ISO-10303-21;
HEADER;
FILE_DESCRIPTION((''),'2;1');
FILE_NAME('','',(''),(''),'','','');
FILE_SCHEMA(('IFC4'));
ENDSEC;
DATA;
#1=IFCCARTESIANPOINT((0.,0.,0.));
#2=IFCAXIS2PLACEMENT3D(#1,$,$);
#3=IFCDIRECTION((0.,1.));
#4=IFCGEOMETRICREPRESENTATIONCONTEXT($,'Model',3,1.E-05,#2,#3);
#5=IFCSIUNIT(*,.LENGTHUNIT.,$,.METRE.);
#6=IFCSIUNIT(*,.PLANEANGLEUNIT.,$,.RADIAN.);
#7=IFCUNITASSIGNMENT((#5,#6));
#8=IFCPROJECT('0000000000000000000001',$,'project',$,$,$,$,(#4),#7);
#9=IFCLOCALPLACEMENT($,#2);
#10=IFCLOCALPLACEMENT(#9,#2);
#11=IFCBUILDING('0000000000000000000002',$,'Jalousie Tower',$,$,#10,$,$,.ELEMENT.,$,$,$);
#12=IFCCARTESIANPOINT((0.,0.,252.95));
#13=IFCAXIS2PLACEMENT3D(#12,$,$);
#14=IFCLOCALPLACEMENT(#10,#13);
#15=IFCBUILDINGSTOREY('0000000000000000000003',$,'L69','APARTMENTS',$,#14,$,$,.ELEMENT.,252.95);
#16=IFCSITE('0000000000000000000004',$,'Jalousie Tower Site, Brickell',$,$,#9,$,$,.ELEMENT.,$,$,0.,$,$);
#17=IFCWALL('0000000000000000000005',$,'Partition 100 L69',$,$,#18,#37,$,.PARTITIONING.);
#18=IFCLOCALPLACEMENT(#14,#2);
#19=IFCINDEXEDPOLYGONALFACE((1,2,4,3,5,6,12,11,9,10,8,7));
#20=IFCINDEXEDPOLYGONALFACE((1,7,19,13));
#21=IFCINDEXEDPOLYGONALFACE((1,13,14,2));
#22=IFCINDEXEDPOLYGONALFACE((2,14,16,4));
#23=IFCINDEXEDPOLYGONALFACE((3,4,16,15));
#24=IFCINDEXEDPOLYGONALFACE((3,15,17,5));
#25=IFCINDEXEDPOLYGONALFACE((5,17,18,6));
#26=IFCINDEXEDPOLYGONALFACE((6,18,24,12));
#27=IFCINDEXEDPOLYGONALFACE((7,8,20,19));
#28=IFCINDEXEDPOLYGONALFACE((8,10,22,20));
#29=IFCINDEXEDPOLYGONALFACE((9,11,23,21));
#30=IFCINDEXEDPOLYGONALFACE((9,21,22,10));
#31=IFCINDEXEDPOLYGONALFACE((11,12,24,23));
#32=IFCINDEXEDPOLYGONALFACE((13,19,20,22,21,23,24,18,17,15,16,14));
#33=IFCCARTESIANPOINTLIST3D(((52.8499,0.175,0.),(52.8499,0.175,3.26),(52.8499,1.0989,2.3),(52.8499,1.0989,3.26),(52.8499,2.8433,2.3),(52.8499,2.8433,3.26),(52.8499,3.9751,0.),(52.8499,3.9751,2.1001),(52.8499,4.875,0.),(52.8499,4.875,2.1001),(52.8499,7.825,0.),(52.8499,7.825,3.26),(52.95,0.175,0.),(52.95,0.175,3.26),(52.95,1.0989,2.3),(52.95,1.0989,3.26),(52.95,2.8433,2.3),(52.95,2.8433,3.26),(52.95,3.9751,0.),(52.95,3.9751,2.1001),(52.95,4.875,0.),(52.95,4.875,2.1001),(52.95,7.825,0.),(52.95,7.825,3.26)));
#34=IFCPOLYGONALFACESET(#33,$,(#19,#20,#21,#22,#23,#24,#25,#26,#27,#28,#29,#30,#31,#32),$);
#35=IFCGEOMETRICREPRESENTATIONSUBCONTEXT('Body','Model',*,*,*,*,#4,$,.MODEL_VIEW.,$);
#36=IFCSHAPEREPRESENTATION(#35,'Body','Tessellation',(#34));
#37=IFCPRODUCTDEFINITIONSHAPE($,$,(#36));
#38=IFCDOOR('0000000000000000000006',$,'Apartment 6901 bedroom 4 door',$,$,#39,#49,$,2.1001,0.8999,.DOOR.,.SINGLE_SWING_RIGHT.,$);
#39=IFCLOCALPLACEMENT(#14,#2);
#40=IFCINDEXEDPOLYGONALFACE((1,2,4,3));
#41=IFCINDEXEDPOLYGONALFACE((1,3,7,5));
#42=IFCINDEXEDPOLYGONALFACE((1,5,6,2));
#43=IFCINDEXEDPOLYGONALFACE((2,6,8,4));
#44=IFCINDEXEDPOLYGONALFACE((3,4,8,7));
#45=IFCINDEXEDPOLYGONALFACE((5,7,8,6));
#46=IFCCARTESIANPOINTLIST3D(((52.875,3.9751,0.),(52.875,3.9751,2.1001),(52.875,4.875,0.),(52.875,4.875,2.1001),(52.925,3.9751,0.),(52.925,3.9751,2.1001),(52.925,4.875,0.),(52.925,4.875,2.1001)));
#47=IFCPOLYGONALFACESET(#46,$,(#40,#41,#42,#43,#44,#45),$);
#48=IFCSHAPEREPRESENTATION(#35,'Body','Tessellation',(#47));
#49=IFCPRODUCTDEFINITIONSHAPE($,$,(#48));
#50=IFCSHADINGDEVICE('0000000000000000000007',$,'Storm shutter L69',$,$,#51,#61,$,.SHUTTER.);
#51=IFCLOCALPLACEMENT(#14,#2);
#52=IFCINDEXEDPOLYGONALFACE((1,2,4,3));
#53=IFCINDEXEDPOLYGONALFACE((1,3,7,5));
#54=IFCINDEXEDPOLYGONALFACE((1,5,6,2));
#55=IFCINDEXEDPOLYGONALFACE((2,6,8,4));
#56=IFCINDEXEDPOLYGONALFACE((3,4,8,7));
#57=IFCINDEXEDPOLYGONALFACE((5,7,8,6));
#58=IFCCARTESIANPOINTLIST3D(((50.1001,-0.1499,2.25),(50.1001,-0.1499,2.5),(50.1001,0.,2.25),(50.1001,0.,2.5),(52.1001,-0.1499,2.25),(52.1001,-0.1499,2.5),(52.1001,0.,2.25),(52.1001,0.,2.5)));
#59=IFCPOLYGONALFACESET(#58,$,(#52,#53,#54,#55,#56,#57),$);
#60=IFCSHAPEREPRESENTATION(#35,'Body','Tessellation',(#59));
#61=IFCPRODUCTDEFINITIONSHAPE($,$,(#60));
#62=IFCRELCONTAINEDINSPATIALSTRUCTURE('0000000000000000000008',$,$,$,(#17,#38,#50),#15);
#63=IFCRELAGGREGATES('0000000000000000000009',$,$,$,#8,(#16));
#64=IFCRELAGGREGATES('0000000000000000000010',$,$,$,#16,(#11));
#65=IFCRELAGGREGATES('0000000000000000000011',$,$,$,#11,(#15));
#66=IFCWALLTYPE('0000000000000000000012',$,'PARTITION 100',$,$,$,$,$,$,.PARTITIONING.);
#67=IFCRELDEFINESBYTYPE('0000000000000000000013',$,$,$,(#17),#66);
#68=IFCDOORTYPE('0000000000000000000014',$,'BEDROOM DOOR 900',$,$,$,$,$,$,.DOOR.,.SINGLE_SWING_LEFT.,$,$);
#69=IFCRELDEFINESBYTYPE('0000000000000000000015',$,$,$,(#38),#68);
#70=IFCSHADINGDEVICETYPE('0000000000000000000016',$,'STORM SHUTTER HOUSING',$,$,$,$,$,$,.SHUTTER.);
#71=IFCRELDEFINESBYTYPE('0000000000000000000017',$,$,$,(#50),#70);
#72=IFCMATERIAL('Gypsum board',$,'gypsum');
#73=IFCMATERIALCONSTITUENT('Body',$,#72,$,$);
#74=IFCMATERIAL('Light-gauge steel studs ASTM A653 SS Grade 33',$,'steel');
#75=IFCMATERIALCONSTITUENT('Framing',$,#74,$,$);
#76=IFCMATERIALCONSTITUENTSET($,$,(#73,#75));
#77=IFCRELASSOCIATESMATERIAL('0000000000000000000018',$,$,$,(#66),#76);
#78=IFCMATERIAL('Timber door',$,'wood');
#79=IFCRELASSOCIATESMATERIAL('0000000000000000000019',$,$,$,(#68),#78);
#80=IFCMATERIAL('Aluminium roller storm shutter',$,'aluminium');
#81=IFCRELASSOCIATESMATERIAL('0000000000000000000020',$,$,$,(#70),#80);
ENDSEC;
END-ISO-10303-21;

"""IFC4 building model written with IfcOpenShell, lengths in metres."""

from ifc_helpers import new_model, si_unit, direction, frame, frame_2d, origin, origin_2d, place, context, subcontext, project, spatial, polyline, rectangle, outline, extrude, material, constituent, constituent_set, type_object, element, fill, save


model = new_model("IFC4")

# Units and contexts
model_context = context("Model", 3, precision=1e-05, world=origin(), true_north=direction((0.0, 1.0)))
body_context = subcontext(model_context, "Body", "Model", "MODEL_VIEW")
ifc_project = project(units=[si_unit("LENGTHUNIT", "METRE"), si_unit("PLANEANGLEUNIT", "RADIAN")], contexts=[model_context])

# Site, building, storey
site_placement = place(None, origin())
site = spatial("IfcSite", under=ifc_project, at=site_placement, Name="Jalousie Tower Site, Brickell", CompositionType="ELEMENT", RefElevation=0.0)
building_placement = place(site_placement, origin())
building = spatial("IfcBuilding", under=site, at=building_placement, Name="Jalousie Tower", CompositionType="ELEMENT")
storey_placement = place(building_placement, frame((0.0, 0.0, 252.95)))
storey = spatial("IfcBuildingStorey", under=building, at=storey_placement, Name="L69", Description="APARTMENTS", CompositionType="ELEMENT", Elevation=252.95)

# Shared definitions
ifc_material_1 = material(Name="Gypsum board", Category="gypsum")
ifc_constituent_1 = constituent(ifc_material_1, Name="Body")
ifc_material_2 = material(Name="Light-gauge steel studs ASTM A653 SS Grade 33", Category="steel")
ifc_constituent_2 = constituent(ifc_material_2, Name="Framing")
ifc_constituent_set = constituent_set(constituents=[ifc_constituent_1, ifc_constituent_2])
wall_type = type_object("IfcWallType", Name="PARTITION 100", PredefinedType="PARTITIONING", material=ifc_constituent_set)
ifc_material_3 = material(Name="Timber door", Category="wood")
door_type_1 = type_object("IfcDoorType", Name="BEDROOM DOOR 900", OperationType="SINGLE_SWING_LEFT", PredefinedType="DOOR", material=ifc_material_3)

# Wall, opening, door
wall_1_placement = place(storey_placement, frame((52.8999, 0.175, 0.0), z_axis=(0.0, 0.0, 1.0), x_axis=(0.0, 1.0, 0.0)))
wall_1 = element("IfcWall", 1, at=wall_1_placement, inside=storey, type_object=wall_type, Name="Partition 100 L69", PredefinedType="PARTITIONING", context=body_context, shape_type="SweptSolid", body=[
    extrude(outline(polyline([(0.0, 0.0), (7.6499, 0.0), (7.6499, 3.26), (2.6682, 3.26), (2.6682, 2.3), (0.9238, 2.3), (0.9238, 3.26), (0.0, 3.26), (0.0, 0.0)])), frame((0.0, 0.05, 0.0), z_axis=(0.0, -1.0, 0.0), x_axis=(1.0, 0.0, 0.0)), (0.0, 0.0, 1.0), 0.1001),
])
opening_1_placement = place(wall_1_placement, frame((3.8, 0.0, 0.0)))
opening_1 = element("IfcOpeningElement", 2, at=opening_1_placement, cuts=wall_1, PredefinedType="OPENING", context=body_context, shape_type="SweptSolid", body=[
    extrude(rectangle(XDim=0.8999, YDim=2.1001, at=frame_2d((0.45, 1.05))), frame((0.0, 0.0601, 0.0), z_axis=(0.0, -1.0, 0.0), x_axis=(1.0, 0.0, 0.0)), (0.0, 0.0, 1.0), 0.1201),
])
door_1_placement = place(opening_1_placement, origin())
door_1 = element("IfcDoor", 3, at=door_1_placement, inside=storey, type_object=door_type_1, Name="Apartment 6901 bedroom 4 door", OperationType="SINGLE_SWING_RIGHT", OverallHeight=2.1001, OverallWidth=0.8999, PredefinedType="DOOR", context=body_context, shape_type="SweptSolid", body=[
    extrude(rectangle(XDim=0.8999, YDim=2.1001, at=frame_2d((0.45, 1.05))), frame((0.0, 0.0249, 0.0), z_axis=(0.0, -1.0, 0.0), x_axis=(1.0, 0.0, 0.0)), (0.0, 0.0, 1.0), 0.05),
])
fill(opening_1, door_1)

# Shading device
ifc_material_4 = material(Name="Aluminium roller storm shutter", Category="aluminium")
shading_device_type = type_object("IfcShadingDeviceType", Name="STORM SHUTTER HOUSING", PredefinedType="SHUTTER", material=ifc_material_4)
shading_device_placement = place(storey_placement, frame((51.1001, -0.075, 2.25), z_axis=(0.0, 0.0, 1.0), x_axis=(1.0, 0.0, 0.0)))
element("IfcShadingDevice", 4, at=shading_device_placement, inside=storey, type_object=shading_device_type, Name="Storm shutter L69", PredefinedType="SHUTTER", context=body_context, shape_type="SweptSolid", body=[
    extrude(rectangle(XDim=2.0, YDim=0.1499, at=origin_2d()), origin(), (0.0, 0.0, 1.0), 0.25),
])

save(model, "model.ifc")
